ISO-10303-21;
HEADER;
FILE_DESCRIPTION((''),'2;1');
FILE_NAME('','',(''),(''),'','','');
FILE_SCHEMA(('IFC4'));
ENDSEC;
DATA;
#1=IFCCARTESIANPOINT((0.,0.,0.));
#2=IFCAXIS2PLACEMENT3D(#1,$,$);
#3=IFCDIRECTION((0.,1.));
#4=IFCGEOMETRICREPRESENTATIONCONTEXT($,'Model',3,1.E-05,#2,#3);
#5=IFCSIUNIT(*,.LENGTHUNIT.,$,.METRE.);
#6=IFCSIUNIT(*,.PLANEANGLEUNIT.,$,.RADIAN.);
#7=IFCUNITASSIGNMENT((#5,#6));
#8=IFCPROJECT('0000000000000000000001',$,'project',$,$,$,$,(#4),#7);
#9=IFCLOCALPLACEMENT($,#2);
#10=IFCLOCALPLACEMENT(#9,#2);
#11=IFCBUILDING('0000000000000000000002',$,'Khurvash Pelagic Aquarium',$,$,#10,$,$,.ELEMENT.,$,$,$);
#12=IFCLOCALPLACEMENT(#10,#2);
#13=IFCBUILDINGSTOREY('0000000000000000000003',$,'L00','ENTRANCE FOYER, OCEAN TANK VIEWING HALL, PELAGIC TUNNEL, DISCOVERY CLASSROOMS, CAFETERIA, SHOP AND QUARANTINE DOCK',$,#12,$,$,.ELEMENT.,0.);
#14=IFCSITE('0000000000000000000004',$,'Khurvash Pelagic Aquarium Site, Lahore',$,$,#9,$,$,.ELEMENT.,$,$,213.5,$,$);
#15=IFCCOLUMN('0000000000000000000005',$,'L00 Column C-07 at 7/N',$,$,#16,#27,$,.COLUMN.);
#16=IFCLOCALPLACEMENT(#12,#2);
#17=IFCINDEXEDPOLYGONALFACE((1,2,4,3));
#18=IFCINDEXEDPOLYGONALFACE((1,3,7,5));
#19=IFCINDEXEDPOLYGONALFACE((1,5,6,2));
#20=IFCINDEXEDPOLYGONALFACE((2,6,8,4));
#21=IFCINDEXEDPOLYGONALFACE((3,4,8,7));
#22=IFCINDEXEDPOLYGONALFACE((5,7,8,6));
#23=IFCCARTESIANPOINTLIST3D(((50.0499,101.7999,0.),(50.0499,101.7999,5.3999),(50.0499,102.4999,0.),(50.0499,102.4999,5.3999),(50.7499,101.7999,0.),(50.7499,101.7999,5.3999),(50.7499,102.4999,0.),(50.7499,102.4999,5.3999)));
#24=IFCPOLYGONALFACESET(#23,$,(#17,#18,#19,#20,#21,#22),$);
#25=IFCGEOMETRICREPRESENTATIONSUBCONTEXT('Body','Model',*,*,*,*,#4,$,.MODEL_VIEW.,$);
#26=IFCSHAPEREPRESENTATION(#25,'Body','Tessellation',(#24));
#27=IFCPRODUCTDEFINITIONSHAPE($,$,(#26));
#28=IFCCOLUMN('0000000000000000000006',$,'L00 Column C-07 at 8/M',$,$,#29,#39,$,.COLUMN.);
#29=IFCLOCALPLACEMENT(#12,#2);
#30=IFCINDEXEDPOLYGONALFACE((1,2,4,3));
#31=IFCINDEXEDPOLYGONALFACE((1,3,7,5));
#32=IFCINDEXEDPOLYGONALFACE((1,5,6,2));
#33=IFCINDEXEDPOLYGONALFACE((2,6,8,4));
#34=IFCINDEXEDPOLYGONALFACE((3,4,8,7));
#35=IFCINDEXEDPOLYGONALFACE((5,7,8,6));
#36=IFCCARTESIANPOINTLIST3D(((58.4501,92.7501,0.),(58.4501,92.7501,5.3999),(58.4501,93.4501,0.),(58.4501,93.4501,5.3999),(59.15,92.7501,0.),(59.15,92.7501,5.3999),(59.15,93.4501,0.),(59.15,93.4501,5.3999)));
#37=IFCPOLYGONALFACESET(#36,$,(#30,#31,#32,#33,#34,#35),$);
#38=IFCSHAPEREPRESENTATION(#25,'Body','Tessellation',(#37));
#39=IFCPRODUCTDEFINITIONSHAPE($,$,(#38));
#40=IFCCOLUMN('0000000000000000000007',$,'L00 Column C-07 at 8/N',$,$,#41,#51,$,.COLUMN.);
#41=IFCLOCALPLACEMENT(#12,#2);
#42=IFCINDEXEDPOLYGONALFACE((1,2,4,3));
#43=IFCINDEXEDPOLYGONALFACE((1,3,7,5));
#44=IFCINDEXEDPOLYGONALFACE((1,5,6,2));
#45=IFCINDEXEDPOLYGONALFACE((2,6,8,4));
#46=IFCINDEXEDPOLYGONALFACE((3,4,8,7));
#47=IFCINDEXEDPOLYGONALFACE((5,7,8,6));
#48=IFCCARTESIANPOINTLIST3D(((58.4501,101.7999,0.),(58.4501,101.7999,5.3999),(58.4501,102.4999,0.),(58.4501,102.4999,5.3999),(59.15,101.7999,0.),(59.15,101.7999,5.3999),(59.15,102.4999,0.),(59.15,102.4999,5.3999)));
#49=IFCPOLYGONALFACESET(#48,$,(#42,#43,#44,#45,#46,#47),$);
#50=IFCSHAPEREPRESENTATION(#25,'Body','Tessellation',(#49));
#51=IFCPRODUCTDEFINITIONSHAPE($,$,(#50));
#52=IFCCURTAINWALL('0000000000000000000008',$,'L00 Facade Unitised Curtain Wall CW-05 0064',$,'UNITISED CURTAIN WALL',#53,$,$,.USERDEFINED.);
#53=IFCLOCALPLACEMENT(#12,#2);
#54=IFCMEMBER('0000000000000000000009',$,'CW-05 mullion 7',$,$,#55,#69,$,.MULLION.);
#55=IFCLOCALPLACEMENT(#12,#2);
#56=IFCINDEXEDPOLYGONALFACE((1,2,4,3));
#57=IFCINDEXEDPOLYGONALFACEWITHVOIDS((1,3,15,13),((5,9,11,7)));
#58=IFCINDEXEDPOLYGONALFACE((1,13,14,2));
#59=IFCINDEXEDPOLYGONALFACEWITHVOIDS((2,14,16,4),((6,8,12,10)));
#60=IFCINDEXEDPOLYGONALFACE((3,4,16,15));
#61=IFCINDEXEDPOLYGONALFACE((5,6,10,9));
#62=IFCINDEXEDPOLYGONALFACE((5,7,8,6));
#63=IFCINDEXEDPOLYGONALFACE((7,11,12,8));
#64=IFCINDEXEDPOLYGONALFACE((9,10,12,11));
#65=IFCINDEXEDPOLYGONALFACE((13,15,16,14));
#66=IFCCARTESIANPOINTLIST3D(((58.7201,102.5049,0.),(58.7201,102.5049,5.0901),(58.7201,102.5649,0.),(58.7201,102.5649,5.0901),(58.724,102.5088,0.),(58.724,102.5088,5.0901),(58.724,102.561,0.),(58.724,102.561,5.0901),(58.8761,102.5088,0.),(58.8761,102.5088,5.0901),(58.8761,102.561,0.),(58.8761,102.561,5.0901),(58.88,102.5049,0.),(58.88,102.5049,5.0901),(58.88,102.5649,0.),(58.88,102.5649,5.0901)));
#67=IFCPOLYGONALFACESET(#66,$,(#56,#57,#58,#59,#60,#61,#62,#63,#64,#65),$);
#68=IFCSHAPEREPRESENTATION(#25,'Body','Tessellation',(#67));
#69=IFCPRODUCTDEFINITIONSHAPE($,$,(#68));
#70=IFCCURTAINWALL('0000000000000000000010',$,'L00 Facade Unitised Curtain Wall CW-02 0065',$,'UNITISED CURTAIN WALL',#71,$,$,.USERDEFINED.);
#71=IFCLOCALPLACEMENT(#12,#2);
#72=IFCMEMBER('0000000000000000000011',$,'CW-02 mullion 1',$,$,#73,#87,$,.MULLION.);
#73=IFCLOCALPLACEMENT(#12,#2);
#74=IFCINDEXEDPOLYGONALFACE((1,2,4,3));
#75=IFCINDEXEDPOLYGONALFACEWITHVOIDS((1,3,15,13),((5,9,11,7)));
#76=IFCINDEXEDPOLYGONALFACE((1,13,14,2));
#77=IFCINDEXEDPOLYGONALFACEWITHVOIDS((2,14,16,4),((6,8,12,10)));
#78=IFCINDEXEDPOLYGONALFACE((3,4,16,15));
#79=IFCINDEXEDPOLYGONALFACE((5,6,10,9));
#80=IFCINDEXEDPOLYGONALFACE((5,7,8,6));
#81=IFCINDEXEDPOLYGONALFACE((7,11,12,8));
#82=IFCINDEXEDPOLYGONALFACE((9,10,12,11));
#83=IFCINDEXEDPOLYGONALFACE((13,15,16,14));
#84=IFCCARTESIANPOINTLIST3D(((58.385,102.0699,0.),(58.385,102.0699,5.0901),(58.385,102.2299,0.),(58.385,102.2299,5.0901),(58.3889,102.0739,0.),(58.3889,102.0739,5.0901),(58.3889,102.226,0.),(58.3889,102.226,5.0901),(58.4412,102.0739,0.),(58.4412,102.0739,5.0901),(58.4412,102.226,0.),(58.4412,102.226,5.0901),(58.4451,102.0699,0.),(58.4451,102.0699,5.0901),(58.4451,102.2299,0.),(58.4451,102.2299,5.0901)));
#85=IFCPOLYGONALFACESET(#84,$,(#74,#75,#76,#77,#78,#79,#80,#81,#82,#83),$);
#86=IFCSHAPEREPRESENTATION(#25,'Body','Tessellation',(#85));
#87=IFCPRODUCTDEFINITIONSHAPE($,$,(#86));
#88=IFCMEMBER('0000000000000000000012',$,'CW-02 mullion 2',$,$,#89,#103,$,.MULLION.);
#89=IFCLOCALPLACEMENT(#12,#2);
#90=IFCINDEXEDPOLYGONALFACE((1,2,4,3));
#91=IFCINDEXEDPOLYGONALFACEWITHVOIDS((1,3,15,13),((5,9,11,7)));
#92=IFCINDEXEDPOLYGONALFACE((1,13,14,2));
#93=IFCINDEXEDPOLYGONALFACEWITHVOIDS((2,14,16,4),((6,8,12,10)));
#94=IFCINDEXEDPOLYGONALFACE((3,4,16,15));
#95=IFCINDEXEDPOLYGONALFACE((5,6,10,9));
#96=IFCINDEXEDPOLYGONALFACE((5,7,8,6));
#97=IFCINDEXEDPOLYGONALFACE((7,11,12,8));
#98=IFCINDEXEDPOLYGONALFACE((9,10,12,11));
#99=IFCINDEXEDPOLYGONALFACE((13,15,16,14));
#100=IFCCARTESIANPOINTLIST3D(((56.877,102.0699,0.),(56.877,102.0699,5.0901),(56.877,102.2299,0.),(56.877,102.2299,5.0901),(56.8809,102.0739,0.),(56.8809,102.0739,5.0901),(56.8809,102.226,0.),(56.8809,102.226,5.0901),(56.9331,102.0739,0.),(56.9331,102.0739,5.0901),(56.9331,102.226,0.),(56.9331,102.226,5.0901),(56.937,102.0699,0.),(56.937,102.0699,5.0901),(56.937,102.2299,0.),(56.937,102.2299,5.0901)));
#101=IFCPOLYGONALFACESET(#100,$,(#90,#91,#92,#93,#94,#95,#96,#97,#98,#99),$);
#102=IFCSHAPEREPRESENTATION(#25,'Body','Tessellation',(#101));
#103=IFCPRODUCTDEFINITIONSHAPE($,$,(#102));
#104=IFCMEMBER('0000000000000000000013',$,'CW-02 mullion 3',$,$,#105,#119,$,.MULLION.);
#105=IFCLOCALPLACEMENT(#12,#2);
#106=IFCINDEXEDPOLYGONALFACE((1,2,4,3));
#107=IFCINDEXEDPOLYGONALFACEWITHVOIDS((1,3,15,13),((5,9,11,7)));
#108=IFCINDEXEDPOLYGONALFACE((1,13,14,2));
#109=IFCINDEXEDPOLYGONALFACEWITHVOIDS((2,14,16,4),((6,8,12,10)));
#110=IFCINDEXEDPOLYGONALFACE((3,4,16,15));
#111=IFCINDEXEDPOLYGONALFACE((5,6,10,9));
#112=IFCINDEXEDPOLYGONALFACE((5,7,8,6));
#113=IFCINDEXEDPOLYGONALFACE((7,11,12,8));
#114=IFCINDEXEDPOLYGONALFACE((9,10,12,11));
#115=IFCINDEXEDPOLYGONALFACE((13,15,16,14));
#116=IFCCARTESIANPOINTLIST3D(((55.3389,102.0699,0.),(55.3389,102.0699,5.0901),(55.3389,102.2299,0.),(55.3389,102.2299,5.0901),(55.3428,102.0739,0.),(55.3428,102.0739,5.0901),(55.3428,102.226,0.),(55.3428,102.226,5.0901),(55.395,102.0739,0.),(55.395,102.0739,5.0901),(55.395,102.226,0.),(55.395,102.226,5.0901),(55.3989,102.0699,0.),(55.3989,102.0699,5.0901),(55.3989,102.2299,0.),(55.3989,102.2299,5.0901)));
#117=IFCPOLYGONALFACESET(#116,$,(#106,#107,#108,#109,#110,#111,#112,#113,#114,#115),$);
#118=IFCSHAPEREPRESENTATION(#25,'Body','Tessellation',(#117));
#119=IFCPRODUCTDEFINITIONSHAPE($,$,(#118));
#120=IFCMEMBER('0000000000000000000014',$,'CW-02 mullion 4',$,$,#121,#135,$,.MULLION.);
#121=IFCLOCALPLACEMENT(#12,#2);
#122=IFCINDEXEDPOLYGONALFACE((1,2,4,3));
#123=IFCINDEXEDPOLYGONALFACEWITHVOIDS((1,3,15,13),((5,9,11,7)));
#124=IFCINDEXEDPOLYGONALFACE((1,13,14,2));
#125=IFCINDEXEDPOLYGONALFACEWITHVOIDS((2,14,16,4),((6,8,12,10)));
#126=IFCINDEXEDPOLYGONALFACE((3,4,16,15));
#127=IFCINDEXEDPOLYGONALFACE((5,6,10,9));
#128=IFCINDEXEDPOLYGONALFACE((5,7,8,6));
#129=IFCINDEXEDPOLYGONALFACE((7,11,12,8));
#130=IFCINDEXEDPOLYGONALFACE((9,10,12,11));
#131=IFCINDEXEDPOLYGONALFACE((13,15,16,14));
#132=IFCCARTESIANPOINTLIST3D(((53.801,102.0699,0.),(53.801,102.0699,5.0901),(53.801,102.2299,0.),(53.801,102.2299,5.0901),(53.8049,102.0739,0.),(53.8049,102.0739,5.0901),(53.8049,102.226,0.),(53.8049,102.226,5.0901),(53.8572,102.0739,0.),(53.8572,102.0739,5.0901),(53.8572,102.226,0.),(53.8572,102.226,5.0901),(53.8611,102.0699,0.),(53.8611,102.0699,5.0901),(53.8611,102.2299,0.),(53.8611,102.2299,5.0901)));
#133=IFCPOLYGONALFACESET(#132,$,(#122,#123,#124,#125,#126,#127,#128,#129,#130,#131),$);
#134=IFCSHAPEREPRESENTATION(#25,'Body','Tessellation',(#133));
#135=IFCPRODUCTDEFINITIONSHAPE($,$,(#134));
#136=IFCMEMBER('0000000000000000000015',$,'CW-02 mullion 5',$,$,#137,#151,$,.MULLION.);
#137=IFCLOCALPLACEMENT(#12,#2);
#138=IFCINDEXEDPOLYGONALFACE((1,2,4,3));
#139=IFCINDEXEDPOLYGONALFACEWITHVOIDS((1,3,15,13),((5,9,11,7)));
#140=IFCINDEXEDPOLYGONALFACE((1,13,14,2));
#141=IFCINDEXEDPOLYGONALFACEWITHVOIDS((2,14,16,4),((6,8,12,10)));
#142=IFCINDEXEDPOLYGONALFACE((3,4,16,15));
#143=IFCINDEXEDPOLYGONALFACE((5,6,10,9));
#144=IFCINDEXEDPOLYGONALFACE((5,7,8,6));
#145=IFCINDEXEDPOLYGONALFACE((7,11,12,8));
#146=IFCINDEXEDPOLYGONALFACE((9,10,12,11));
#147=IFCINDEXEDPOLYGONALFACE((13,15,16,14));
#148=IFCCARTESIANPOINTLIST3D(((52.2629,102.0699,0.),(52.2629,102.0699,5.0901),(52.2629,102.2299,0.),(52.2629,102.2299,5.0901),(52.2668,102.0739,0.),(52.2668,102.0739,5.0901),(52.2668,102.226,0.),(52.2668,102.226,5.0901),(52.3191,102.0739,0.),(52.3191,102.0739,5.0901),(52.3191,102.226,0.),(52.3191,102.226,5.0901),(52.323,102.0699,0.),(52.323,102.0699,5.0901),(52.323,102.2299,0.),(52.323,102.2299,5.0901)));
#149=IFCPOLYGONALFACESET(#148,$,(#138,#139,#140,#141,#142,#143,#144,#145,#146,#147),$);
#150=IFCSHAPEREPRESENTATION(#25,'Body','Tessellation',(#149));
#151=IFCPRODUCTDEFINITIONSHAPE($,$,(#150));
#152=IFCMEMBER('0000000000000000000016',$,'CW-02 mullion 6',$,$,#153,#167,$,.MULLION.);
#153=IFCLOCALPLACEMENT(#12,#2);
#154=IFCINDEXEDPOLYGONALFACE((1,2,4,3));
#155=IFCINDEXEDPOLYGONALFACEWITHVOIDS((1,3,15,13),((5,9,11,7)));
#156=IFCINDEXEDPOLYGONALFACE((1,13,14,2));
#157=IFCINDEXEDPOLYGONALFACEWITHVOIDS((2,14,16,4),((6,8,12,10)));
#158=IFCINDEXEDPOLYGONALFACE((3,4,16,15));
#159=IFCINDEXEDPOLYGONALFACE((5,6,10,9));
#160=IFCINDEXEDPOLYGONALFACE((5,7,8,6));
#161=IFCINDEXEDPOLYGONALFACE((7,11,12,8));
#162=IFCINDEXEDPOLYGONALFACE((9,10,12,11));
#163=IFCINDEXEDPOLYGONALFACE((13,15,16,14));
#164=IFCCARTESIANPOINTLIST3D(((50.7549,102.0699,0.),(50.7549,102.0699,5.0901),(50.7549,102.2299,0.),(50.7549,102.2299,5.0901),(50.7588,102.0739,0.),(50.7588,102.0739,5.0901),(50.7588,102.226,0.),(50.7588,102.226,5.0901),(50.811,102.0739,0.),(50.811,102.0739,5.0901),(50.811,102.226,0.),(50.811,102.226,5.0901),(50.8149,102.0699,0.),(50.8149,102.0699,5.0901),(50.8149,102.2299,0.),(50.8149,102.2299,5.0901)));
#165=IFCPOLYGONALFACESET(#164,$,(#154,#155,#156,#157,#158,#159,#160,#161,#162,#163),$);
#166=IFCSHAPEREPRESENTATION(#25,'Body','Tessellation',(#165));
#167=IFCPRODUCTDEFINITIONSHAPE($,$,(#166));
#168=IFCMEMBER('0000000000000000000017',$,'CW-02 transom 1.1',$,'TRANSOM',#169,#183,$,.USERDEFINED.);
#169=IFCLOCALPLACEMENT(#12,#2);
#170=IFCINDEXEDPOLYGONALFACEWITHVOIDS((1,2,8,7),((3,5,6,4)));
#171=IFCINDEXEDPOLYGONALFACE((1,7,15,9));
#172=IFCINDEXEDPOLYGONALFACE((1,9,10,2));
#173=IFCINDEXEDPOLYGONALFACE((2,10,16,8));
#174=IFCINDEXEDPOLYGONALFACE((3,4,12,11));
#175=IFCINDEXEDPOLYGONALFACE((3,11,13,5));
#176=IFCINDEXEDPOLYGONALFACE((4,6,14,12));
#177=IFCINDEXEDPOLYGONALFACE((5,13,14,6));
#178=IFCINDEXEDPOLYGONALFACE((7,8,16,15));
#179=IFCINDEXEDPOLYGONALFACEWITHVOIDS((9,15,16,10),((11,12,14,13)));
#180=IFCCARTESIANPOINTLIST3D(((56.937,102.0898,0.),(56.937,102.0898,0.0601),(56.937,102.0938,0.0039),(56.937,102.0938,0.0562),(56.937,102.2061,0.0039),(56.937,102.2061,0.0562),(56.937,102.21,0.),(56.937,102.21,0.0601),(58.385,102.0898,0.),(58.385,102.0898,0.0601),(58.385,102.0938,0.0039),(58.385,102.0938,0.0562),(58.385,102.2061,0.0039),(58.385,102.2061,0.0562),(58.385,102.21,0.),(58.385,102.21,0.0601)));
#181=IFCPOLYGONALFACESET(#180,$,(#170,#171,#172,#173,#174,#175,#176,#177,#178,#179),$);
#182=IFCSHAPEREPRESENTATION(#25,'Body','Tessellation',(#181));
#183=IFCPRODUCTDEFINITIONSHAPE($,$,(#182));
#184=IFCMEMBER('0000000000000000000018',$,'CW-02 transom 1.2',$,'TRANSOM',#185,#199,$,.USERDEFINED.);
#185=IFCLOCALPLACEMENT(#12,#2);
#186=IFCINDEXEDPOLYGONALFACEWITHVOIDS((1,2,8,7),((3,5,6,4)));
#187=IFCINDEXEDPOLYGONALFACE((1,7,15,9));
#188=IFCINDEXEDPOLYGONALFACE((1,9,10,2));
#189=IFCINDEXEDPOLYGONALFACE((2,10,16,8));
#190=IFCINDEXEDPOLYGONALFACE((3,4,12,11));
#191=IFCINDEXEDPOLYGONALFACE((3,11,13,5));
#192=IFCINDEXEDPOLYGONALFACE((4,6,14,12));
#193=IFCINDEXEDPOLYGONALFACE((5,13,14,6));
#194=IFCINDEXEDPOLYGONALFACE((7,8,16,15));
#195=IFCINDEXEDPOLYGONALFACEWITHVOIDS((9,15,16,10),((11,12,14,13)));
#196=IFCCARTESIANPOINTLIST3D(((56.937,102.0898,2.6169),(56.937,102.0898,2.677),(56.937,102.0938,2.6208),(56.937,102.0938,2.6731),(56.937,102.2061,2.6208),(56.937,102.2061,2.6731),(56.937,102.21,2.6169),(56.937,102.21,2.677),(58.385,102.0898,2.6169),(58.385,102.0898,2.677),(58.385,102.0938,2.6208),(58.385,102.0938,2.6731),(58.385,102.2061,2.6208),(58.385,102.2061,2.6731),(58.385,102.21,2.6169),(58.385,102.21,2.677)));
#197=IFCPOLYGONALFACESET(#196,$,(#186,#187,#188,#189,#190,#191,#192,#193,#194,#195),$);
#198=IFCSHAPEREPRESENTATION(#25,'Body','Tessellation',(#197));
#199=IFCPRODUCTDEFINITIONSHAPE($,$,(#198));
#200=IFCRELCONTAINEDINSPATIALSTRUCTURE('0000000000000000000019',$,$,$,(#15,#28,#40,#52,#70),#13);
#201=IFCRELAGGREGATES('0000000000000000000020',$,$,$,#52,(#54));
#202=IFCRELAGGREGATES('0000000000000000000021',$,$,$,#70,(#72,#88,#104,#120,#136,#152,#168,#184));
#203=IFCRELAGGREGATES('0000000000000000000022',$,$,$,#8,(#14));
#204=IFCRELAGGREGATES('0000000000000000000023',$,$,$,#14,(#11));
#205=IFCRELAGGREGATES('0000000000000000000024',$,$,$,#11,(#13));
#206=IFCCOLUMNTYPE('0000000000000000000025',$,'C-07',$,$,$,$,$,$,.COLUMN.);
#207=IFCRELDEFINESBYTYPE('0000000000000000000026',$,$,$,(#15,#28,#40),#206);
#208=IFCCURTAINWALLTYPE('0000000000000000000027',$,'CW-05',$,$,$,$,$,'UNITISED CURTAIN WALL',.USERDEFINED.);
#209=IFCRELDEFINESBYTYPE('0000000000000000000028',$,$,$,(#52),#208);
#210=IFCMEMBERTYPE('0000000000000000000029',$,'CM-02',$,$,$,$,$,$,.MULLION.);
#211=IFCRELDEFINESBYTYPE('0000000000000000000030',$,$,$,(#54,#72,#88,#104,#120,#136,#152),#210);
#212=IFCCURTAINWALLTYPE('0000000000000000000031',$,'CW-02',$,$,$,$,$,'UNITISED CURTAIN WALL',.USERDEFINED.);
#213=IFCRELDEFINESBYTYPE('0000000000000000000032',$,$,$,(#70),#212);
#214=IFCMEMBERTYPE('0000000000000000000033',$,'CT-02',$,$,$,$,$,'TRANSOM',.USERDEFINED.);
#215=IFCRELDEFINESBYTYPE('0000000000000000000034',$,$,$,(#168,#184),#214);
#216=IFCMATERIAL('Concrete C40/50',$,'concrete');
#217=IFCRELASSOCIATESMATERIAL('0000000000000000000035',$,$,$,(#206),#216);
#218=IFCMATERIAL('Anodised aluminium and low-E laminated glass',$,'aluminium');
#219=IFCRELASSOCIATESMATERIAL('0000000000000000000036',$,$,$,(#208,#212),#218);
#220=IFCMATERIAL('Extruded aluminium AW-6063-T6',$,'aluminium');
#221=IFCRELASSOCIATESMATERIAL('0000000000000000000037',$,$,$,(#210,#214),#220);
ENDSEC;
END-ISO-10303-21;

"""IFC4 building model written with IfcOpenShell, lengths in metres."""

from ifc_helpers import new_model, si_unit, direction, frame, origin, origin_2d, place, context, subcontext, project, spatial, rectangle, hollow_rectangle, extrude, material, material_profile, profile_set, type_object, element, aggregate, save


model = new_model("IFC4")

# Units and contexts
model_context = context("Model", 3, precision=1e-05, world=origin(), true_north=direction((0.0, 1.0)))
body_context = subcontext(model_context, "Body", "Model", "MODEL_VIEW")
ifc_project = project(units=[si_unit("LENGTHUNIT", "METRE"), si_unit("PLANEANGLEUNIT", "RADIAN")], contexts=[model_context])

# Site, building, storey
site_placement = place(None, origin())
site = spatial("IfcSite", under=ifc_project, at=site_placement, Name="Khurvash Pelagic Aquarium Site, Lahore", CompositionType="ELEMENT", RefElevation=213.5)
building_placement = place(site_placement, origin())
building = spatial("IfcBuilding", under=site, at=building_placement, Name="Khurvash Pelagic Aquarium", CompositionType="ELEMENT")
storey_placement = place(building_placement, origin())
storey = spatial("IfcBuildingStorey", under=building, at=storey_placement, Name="L00", Description="ENTRANCE FOYER, OCEAN TANK VIEWING HALL, PELAGIC TUNNEL, DISCOVERY CLASSROOMS, CAFETERIA, SHOP AND QUARANTINE DOCK", CompositionType="ELEMENT", Elevation=0.0)

# Columns
ifc_material_1 = material(Name="Concrete C40/50", Category="concrete")
ifc_material_profile_1 = material_profile(ifc_material_1, rectangle(XDim=0.7, YDim=0.7, at=origin_2d()), Name="RC700X700")
ifc_profile_set_1 = profile_set([ifc_material_profile_1], Name="Concrete C40/50")
column_type = type_object("IfcColumnType", Name="C-07", PredefinedType="COLUMN", material=ifc_profile_set_1)
for number, where, z_axis, x_axis, name in (
    (1, (50.3999, 102.1499, 0.0), (0.0, 0.0, 1.0), (1.0, 0.0, 0.0), "L00 Column C-07 at 7/N"),
    (2, (58.8, 93.1001, 0.0), (0.0, 0.0, 1.0), (1.0, 0.0, 0.0), "L00 Column C-07 at 8/M"),
    (3, (58.8, 102.1499, 0.0), (0.0, 0.0, 1.0), (1.0, 0.0, 0.0), "L00 Column C-07 at 8/N"),
):
    element("IfcColumn", number, at=place(storey_placement, frame(where, z_axis=z_axis, x_axis=x_axis)), inside=storey, type_object=column_type, Name=name, PredefinedType="COLUMN", context=body_context, shape_type="SweptSolid", body=[
        extrude(rectangle(XDim=0.7, YDim=0.7, at=origin_2d()), origin(), (0.0, 0.0, 1.0), 5.3999),
    ])

# Curtain wall, member
ifc_material_2 = material(Name="Anodised aluminium and low-E laminated glass", Category="aluminium")
curtain_wall_type_1 = type_object("IfcCurtainWallType", Name="CW-05", ElementType="UNITISED CURTAIN WALL", PredefinedType="USERDEFINED", material=ifc_material_2)
curtain_wall_1_placement = place(storey_placement, origin())
curtain_wall_1 = element("IfcCurtainWall", 4, at=curtain_wall_1_placement, inside=storey, type_object=curtain_wall_type_1, Name="L00 Facade Unitised Curtain Wall CW-05 0064", ObjectType="UNITISED CURTAIN WALL", PredefinedType="USERDEFINED")
ifc_material_3 = material(Name="Extruded aluminium AW-6063-T6", Category="aluminium")
ifc_material_profile_2 = material_profile(ifc_material_3, hollow_rectangle(XDim=0.0601, YDim=0.1599, WallThickness=0.0039, at=origin_2d()), Name="CWM60X160X4")
ifc_profile_set_2 = profile_set([ifc_material_profile_2], Name="Extruded aluminium AW-6063-T6")
member_type_1 = type_object("IfcMemberType", Name="CM-02", PredefinedType="MULLION", material=ifc_profile_set_2)
member_1_placement = place(storey_placement, frame((58.8, 102.5349, 0.0), z_axis=(0.0, 0.0, 1.0), x_axis=(0.0, -1.0, 0.0)))
member_1 = element("IfcMember", 5, at=member_1_placement, type_object=member_type_1, Name="CW-05 mullion 7", PredefinedType="MULLION", context=body_context, shape_type="SweptSolid", body=[
    extrude(hollow_rectangle(XDim=0.0601, YDim=0.1599, WallThickness=0.0039, at=origin_2d()), origin(), (0.0, 0.0, 1.0), 5.0901),
])
aggregate(curtain_wall_1, [member_1])

# Curtain wall, members
curtain_wall_type_2 = type_object("IfcCurtainWallType", Name="CW-02", ElementType="UNITISED CURTAIN WALL", PredefinedType="USERDEFINED", material=ifc_material_2)
curtain_wall_2_placement = place(storey_placement, origin())
curtain_wall_2 = element("IfcCurtainWall", 6, at=curtain_wall_2_placement, inside=storey, type_object=curtain_wall_type_2, Name="L00 Facade Unitised Curtain Wall CW-02 0065", ObjectType="UNITISED CURTAIN WALL", PredefinedType="USERDEFINED")
member_2_placement = place(storey_placement, frame((58.415, 102.1499, 0.0), z_axis=(0.0, 0.0, 1.0), x_axis=(-1.0, 0.0, 0.0)))
member_2 = element("IfcMember", 7, at=member_2_placement, type_object=member_type_1, Name="CW-02 mullion 1", PredefinedType="MULLION", context=body_context, shape_type="SweptSolid", body=[
    extrude(hollow_rectangle(XDim=0.0601, YDim=0.1599, WallThickness=0.0039, at=origin_2d()), origin(), (0.0, 0.0, 1.0), 5.0901),
])
member_3_placement = place(storey_placement, frame((56.907, 102.1499, 0.0), z_axis=(0.0, 0.0, 1.0), x_axis=(-1.0, 0.0, 0.0)))
member_3 = element("IfcMember", 8, at=member_3_placement, type_object=member_type_1, Name="CW-02 mullion 2", PredefinedType="MULLION", context=body_context, shape_type="SweptSolid", body=[
    extrude(hollow_rectangle(XDim=0.0601, YDim=0.1599, WallThickness=0.0039, at=origin_2d()), origin(), (0.0, 0.0, 1.0), 5.0901),
])
member_4_placement = place(storey_placement, frame((55.3689, 102.1499, 0.0), z_axis=(0.0, 0.0, 1.0), x_axis=(-1.0, 0.0, 0.0)))
member_4 = element("IfcMember", 9, at=member_4_placement, type_object=member_type_1, Name="CW-02 mullion 3", PredefinedType="MULLION", context=body_context, shape_type="SweptSolid", body=[
    extrude(hollow_rectangle(XDim=0.0601, YDim=0.1599, WallThickness=0.0039, at=origin_2d()), origin(), (0.0, 0.0, 1.0), 5.0901),
])
member_5_placement = place(storey_placement, frame((53.8311, 102.1499, 0.0), z_axis=(0.0, 0.0, 1.0), x_axis=(-1.0, 0.0, 0.0)))
member_5 = element("IfcMember", 10, at=member_5_placement, type_object=member_type_1, Name="CW-02 mullion 4", PredefinedType="MULLION", context=body_context, shape_type="SweptSolid", body=[
    extrude(hollow_rectangle(XDim=0.0601, YDim=0.1599, WallThickness=0.0039, at=origin_2d()), origin(), (0.0, 0.0, 1.0), 5.0901),
])
member_6_placement = place(storey_placement, frame((52.293, 102.1499, 0.0), z_axis=(0.0, 0.0, 1.0), x_axis=(-1.0, 0.0, 0.0)))
member_6 = element("IfcMember", 11, at=member_6_placement, type_object=member_type_1, Name="CW-02 mullion 5", PredefinedType="MULLION", context=body_context, shape_type="SweptSolid", body=[
    extrude(hollow_rectangle(XDim=0.0601, YDim=0.1599, WallThickness=0.0039, at=origin_2d()), origin(), (0.0, 0.0, 1.0), 5.0901),
])
member_7_placement = place(storey_placement, frame((50.7849, 102.1499, 0.0), z_axis=(0.0, 0.0, 1.0), x_axis=(-1.0, 0.0, 0.0)))
member_7 = element("IfcMember", 12, at=member_7_placement, type_object=member_type_1, Name="CW-02 mullion 6", PredefinedType="MULLION", context=body_context, shape_type="SweptSolid", body=[
    extrude(hollow_rectangle(XDim=0.0601, YDim=0.1599, WallThickness=0.0039, at=origin_2d()), origin(), (0.0, 0.0, 1.0), 5.0901),
])
ifc_material_profile_3 = material_profile(ifc_material_3, hollow_rectangle(XDim=0.1201, YDim=0.0601, WallThickness=0.0039, at=origin_2d()), Name="CWT120X60X4")
ifc_profile_set_3 = profile_set([ifc_material_profile_3], Name="Extruded aluminium AW-6063-T6")
member_type_2 = type_object("IfcMemberType", Name="CT-02", ElementType="TRANSOM", PredefinedType="USERDEFINED", material=ifc_profile_set_3)
member_8_placement = place(storey_placement, frame((58.385, 102.1499, 0.03), z_axis=(-1.0, 0.0, 0.0), x_axis=(0.0, -1.0, 0.0)))
member_8 = element("IfcMember", 13, at=member_8_placement, type_object=member_type_2, Name="CW-02 transom 1.1", ObjectType="TRANSOM", PredefinedType="USERDEFINED", context=body_context, shape_type="SweptSolid", body=[
    extrude(hollow_rectangle(XDim=0.1201, YDim=0.0601, WallThickness=0.0039, at=origin_2d()), origin(), (0.0, 0.0, 1.0), 1.448),
])
member_9_placement = place(storey_placement, frame((58.385, 102.1499, 2.647), z_axis=(-1.0, 0.0, 0.0), x_axis=(0.0, -1.0, 0.0)))
member_9 = element("IfcMember", 14, at=member_9_placement, type_object=member_type_2, Name="CW-02 transom 1.2", ObjectType="TRANSOM", PredefinedType="USERDEFINED", context=body_context, shape_type="SweptSolid", body=[
    extrude(hollow_rectangle(XDim=0.1201, YDim=0.0601, WallThickness=0.0039, at=origin_2d()), origin(), (0.0, 0.0, 1.0), 1.448),
])
aggregate(curtain_wall_2, [member_2, member_3, member_4, member_5, member_6, member_7, member_8, member_9])

save(model, "model.ifc")
